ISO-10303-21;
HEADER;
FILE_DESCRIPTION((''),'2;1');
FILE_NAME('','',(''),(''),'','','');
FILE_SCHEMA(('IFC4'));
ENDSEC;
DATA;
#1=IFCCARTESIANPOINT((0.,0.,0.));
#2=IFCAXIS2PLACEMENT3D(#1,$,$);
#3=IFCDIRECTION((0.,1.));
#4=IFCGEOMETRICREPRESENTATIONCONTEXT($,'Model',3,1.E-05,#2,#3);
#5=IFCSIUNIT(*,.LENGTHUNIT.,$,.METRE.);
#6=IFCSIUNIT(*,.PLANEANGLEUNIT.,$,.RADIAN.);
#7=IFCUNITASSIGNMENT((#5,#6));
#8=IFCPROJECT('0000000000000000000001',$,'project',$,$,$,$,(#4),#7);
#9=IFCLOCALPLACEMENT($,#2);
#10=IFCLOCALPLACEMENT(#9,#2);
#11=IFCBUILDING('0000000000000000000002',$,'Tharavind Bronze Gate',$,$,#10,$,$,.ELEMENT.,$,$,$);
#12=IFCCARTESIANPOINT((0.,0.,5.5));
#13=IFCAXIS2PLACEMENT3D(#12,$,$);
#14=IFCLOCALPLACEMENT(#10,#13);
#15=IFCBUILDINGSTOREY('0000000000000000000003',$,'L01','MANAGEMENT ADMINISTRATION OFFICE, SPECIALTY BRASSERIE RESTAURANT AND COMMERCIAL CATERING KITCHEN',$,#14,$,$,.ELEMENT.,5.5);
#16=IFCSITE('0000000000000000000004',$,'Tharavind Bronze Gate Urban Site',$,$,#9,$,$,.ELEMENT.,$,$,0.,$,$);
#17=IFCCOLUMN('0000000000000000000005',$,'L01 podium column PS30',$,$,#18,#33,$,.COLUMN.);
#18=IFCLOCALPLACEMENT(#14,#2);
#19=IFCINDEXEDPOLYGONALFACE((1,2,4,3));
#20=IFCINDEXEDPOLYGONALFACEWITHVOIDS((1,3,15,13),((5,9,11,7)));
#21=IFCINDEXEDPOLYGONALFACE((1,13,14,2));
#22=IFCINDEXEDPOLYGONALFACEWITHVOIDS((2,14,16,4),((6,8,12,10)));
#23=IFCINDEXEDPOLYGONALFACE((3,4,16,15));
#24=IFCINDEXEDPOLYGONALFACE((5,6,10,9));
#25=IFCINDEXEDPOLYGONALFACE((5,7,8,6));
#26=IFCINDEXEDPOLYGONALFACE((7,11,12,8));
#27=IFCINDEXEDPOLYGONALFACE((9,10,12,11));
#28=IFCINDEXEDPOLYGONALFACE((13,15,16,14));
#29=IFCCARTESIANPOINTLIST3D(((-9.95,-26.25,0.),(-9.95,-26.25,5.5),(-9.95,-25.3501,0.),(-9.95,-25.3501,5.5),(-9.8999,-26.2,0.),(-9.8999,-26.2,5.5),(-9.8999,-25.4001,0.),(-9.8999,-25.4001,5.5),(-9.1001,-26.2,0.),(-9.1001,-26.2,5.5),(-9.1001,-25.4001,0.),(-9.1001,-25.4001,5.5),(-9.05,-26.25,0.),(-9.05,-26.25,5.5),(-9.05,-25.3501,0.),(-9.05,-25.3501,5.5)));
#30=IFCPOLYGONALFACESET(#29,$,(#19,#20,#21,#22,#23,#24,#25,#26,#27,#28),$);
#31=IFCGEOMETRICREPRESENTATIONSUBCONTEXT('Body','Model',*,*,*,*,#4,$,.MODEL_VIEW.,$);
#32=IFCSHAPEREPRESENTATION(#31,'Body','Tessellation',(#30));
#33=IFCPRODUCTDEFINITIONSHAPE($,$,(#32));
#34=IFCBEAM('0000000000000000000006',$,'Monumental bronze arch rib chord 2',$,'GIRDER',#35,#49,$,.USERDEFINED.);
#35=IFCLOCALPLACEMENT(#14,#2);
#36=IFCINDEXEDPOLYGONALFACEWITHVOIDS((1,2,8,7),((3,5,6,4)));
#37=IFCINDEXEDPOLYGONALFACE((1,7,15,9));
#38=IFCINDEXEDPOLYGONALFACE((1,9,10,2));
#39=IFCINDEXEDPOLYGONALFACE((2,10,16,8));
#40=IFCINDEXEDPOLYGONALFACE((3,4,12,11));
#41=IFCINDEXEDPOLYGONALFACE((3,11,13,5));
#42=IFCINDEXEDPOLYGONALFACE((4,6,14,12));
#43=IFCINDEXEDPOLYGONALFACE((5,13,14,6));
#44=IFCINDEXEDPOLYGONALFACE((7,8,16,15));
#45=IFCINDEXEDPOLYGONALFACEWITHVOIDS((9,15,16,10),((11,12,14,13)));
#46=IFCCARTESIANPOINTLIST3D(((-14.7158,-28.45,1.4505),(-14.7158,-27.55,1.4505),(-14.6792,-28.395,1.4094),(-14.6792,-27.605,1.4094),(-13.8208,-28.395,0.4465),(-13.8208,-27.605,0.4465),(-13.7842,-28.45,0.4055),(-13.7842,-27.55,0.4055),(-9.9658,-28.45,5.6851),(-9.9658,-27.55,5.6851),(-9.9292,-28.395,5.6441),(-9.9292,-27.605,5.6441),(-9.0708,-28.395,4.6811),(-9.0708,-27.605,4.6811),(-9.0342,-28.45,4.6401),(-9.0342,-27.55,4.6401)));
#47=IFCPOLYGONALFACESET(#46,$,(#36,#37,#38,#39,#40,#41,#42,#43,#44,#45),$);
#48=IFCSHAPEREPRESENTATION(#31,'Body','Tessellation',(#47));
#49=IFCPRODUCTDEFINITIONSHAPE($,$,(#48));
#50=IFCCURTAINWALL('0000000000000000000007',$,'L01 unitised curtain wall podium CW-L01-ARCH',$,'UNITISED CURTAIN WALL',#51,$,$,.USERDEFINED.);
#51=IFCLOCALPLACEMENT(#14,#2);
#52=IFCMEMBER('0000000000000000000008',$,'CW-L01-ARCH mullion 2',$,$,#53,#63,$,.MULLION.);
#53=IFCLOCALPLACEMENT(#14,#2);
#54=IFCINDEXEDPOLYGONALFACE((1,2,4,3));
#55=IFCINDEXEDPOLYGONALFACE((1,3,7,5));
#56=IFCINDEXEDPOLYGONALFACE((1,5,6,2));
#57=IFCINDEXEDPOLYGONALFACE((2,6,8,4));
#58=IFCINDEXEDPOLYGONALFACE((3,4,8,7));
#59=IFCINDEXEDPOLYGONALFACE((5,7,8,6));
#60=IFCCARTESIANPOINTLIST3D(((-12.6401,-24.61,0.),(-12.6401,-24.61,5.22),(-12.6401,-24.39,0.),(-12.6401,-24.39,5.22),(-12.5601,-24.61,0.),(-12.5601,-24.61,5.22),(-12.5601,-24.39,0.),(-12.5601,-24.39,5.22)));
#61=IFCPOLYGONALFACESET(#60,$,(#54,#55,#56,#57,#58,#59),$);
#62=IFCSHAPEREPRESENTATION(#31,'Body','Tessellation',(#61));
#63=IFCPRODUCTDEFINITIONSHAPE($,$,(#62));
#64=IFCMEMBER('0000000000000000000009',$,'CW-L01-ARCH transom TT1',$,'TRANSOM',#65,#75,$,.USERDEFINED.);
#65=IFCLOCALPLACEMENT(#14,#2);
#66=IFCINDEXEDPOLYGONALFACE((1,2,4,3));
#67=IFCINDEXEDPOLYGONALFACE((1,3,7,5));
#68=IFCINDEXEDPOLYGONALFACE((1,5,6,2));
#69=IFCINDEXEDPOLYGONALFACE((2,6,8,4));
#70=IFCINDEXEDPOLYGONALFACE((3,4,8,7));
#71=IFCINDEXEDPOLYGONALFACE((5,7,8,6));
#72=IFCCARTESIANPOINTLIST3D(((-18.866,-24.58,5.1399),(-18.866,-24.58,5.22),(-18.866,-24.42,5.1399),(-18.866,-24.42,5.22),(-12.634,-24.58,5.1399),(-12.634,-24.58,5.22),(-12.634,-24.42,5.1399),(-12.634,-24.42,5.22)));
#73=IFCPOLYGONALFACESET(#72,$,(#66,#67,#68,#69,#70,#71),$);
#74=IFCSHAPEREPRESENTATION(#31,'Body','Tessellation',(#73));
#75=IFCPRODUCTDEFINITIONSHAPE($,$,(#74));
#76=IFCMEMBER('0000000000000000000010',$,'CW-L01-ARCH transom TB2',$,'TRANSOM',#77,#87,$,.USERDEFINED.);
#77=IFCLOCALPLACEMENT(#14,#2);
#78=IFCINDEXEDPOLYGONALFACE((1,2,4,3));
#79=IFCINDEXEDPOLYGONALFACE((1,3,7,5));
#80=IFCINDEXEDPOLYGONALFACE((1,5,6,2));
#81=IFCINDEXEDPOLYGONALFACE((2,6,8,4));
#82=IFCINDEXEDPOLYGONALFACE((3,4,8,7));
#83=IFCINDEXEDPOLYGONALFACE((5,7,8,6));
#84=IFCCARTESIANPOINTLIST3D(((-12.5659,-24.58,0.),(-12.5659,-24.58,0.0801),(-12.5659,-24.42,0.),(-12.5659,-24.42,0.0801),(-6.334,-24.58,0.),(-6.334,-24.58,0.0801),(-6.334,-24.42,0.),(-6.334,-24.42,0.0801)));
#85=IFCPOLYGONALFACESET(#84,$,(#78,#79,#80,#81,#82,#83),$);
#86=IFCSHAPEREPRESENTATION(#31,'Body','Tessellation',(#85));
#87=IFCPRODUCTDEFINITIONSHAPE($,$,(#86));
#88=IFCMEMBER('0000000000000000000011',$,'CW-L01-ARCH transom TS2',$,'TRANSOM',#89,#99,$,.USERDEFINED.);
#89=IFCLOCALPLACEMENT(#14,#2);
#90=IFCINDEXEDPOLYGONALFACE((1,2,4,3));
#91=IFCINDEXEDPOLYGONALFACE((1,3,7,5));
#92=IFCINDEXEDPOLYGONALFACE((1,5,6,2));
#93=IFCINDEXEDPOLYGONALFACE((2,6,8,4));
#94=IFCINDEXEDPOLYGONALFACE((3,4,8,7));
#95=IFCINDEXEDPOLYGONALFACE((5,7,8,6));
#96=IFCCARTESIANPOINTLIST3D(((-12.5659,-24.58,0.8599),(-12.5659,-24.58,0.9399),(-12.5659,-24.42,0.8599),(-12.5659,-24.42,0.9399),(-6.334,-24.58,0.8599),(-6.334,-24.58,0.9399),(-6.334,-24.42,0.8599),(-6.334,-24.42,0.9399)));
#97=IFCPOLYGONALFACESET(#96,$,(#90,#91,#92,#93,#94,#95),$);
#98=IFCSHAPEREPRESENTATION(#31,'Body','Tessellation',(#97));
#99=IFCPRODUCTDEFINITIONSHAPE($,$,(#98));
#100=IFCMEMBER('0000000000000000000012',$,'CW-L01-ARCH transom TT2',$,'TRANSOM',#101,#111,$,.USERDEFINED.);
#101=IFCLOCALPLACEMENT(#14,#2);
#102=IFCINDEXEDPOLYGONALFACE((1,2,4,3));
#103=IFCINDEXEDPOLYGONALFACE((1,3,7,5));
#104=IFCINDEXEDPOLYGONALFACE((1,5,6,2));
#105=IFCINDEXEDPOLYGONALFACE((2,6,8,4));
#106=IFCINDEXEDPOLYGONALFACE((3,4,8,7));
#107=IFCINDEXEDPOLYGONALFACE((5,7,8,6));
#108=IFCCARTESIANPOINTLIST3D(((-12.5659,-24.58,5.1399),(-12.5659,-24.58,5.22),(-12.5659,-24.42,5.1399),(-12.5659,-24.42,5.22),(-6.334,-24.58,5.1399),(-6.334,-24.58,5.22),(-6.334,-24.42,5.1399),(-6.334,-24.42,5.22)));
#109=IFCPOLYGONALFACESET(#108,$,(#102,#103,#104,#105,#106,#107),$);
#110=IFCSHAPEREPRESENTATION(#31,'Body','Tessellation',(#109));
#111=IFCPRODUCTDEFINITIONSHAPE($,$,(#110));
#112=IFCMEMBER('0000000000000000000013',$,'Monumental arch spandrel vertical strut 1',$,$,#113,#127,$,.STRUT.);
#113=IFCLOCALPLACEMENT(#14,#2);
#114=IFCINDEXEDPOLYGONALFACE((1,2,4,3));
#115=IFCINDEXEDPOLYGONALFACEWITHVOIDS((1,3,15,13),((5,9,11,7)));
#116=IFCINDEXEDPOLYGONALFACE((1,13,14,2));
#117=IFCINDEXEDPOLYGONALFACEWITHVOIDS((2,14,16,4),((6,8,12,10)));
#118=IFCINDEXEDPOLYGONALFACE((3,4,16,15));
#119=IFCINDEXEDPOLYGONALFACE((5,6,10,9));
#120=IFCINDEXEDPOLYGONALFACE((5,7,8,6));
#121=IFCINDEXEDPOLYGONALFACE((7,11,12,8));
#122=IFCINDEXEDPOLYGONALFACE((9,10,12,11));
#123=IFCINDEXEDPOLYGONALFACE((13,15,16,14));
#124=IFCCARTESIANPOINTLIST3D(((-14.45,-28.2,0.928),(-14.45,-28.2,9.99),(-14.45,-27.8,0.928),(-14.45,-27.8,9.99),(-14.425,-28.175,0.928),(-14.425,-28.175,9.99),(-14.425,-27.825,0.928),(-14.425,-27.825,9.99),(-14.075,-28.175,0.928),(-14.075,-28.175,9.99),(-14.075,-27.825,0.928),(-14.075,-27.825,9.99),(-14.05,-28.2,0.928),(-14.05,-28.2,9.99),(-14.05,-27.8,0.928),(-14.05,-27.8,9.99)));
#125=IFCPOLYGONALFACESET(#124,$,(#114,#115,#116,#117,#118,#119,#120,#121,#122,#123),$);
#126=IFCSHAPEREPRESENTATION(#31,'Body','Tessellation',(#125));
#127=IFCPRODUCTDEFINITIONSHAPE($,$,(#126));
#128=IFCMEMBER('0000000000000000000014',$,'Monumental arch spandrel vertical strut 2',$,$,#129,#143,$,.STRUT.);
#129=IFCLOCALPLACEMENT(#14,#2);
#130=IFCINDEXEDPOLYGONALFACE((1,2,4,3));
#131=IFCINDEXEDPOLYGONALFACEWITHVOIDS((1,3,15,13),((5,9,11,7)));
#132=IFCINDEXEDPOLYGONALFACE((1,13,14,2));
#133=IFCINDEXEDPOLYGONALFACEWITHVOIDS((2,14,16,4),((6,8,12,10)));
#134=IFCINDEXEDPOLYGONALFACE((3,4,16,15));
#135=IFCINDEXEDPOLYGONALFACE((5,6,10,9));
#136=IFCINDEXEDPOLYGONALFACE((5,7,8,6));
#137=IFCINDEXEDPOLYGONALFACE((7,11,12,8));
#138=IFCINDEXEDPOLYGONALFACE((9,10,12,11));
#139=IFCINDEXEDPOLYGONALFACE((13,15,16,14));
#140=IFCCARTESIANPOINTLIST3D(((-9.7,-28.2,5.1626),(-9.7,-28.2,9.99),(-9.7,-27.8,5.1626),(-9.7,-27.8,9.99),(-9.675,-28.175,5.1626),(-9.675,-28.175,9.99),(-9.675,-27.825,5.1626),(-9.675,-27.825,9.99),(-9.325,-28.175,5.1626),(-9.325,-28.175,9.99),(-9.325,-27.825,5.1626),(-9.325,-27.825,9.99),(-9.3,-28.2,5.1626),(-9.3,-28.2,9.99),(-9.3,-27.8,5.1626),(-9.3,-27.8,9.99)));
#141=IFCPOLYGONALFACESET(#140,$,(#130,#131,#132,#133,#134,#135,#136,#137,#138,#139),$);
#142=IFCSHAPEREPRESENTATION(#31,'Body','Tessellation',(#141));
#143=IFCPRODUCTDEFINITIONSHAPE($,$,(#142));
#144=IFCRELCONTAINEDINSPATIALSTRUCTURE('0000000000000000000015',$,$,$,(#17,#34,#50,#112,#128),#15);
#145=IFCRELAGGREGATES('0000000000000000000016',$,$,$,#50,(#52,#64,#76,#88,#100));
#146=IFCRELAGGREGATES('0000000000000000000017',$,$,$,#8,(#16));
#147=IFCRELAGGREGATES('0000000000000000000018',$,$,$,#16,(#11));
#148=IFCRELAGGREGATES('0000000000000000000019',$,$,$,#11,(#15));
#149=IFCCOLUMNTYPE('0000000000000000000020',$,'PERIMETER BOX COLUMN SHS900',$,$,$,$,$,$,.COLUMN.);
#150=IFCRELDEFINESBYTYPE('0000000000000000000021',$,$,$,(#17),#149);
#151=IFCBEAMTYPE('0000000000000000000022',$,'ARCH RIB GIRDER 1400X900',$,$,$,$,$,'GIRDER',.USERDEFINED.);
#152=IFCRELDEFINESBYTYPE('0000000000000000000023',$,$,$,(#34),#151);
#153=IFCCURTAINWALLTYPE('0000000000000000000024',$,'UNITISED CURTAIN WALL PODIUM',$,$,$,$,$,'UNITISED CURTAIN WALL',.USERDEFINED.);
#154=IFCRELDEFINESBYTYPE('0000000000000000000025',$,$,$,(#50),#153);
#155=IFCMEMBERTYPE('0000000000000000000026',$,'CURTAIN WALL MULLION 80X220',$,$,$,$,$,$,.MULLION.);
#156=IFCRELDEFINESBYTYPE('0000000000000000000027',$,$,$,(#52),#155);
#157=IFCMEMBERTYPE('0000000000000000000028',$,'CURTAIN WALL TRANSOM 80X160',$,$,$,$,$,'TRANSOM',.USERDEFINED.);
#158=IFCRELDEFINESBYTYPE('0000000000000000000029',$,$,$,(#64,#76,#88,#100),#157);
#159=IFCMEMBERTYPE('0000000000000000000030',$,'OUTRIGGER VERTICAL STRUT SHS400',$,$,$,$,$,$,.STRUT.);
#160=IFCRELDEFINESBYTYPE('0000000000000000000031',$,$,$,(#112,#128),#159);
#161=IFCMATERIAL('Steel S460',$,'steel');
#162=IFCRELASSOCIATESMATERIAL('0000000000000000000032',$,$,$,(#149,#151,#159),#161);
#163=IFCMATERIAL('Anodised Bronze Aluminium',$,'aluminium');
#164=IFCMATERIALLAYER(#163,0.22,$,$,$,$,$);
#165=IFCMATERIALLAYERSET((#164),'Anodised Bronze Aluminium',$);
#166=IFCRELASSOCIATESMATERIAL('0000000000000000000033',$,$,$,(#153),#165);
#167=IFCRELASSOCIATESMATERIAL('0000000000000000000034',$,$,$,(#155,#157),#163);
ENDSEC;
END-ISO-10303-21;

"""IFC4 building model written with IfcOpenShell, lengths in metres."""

from ifc_helpers import new_model, si_unit, direction, frame, origin, origin_2d, place, context, subcontext, project, spatial, rectangle, hollow_rectangle, extrude, material, layer, layer_set, material_profile, profile_set, type_object, element, aggregate, save


model = new_model("IFC4")

# Units and contexts
model_context = context("Model", 3, precision=1e-05, world=origin(), true_north=direction((0.0, 1.0)))
body_context = subcontext(model_context, "Body", "Model", "MODEL_VIEW")
ifc_project = project(units=[si_unit("LENGTHUNIT", "METRE"), si_unit("PLANEANGLEUNIT", "RADIAN")], contexts=[model_context])

# Site, building, storey
site_placement = place(None, origin())
site = spatial("IfcSite", under=ifc_project, at=site_placement, Name="Tharavind Bronze Gate Urban Site", CompositionType="ELEMENT", RefElevation=0.0)
building_placement = place(site_placement, origin())
building = spatial("IfcBuilding", under=site, at=building_placement, Name="Tharavind Bronze Gate", CompositionType="ELEMENT")
storey_placement = place(building_placement, frame((0.0, 0.0, 5.5)))
storey = spatial("IfcBuildingStorey", under=building, at=storey_placement, Name="L01", Description="MANAGEMENT ADMINISTRATION OFFICE, SPECIALTY BRASSERIE RESTAURANT AND COMMERCIAL CATERING KITCHEN", CompositionType="ELEMENT", Elevation=5.5)

# Column
ifc_material_1 = material(Name="Steel S460", Category="steel")
ifc_material_profile_1 = material_profile(ifc_material_1, hollow_rectangle(XDim=0.8999, YDim=0.8999, WallThickness=0.05, at=origin_2d()), Name="SHS900X50")
ifc_profile_set_1 = profile_set([ifc_material_profile_1], Name="Steel S460")
column_type = type_object("IfcColumnType", Name="PERIMETER BOX COLUMN SHS900", PredefinedType="COLUMN", material=ifc_profile_set_1)
column_placement = place(storey_placement, frame((-9.5, -25.8, 0.0), z_axis=(0.0, 0.0, 1.0), x_axis=(1.0, 0.0, 0.0)))
element("IfcColumn", 1, at=column_placement, inside=storey, type_object=column_type, Name="L01 podium column PS30", PredefinedType="COLUMN", context=body_context, shape_type="SweptSolid", body=[
    extrude(hollow_rectangle(XDim=0.8999, YDim=0.8999, WallThickness=0.05, at=origin_2d()), origin(), (0.0, 0.0, 1.0), 5.5),
])

# Beam
ifc_material_profile_2 = material_profile(ifc_material_1, hollow_rectangle(XDim=0.8999, YDim=1.3999, WallThickness=0.0549, at=origin_2d()), Name="RHS1400X900X55")
ifc_profile_set_2 = profile_set([ifc_material_profile_2], Name="Steel S460")
beam_type_1 = type_object("IfcBeamType", Name="ARCH RIB GIRDER 1400X900", ElementType="GIRDER", PredefinedType="USERDEFINED", material=ifc_profile_set_2)
beam_1_placement = place(storey_placement, frame((-14.25, -28.0, 0.928), z_axis=(0.746441, 0.0, 0.665451), x_axis=(0.0, 1.0, 0.0)))
element("IfcBeam", 2, at=beam_1_placement, inside=storey, type_object=beam_type_1, Name="Monumental bronze arch rib chord 2", ObjectType="GIRDER", PredefinedType="USERDEFINED", context=body_context, shape_type="SweptSolid", body=[
    extrude(hollow_rectangle(XDim=0.8999, YDim=1.3999, WallThickness=0.0549, at=origin_2d()), origin(), (0.0, 0.0, 1.0), 6.3635),
])

# Curtain wall, members
ifc_material_2 = material(Name="Anodised Bronze Aluminium", Category="aluminium")
ifc_layer_1 = layer(ifc_material_2, 0.22)
ifc_layer_set_1 = layer_set([ifc_layer_1], Name="Anodised Bronze Aluminium")
curtain_wall_type = type_object("IfcCurtainWallType", Name="UNITISED CURTAIN WALL PODIUM", ElementType="UNITISED CURTAIN WALL", PredefinedType="USERDEFINED", material=ifc_layer_set_1)
curtain_wall_placement = place(storey_placement, origin())
curtain_wall = element("IfcCurtainWall", 3, at=curtain_wall_placement, inside=storey, type_object=curtain_wall_type, Name="L01 unitised curtain wall podium CW-L01-ARCH", ObjectType="UNITISED CURTAIN WALL", PredefinedType="USERDEFINED")
member_type_1 = type_object("IfcMemberType", Name="CURTAIN WALL MULLION 80X220", PredefinedType="MULLION", material=ifc_material_2)
member_1_placement = place(storey_placement, frame((-12.6001, -24.5, 0.0), z_axis=(0.0, 0.0, 1.0), x_axis=(1.0, 0.0, 0.0)))
member_1 = element("IfcMember", 4, at=member_1_placement, type_object=member_type_1, Name="CW-L01-ARCH mullion 2", PredefinedType="MULLION", context=body_context, shape_type="SweptSolid", body=[
    extrude(rectangle(XDim=0.0801, YDim=0.22, at=origin_2d()), origin(), (0.0, 0.0, 1.0), 5.22),
])
member_type_2 = type_object("IfcMemberType", Name="CURTAIN WALL TRANSOM 80X160", ElementType="TRANSOM", PredefinedType="USERDEFINED", material=ifc_material_2)
member_2_placement = place(storey_placement, frame((-15.75, -24.5, 5.1399), z_axis=(0.0, 0.0, 1.0), x_axis=(1.0, 0.0, 0.0)))
member_2 = element("IfcMember", 5, at=member_2_placement, type_object=member_type_2, Name="CW-L01-ARCH transom TT1", ObjectType="TRANSOM", PredefinedType="USERDEFINED", context=body_context, shape_type="SweptSolid", body=[
    extrude(rectangle(XDim=6.2319, YDim=0.1599, at=origin_2d()), origin(), (0.0, 0.0, 1.0), 0.0801),
])
member_3_placement = place(storey_placement, frame((-9.45, -24.5, 0.0), z_axis=(0.0, 0.0, 1.0), x_axis=(1.0, 0.0, 0.0)))
member_3 = element("IfcMember", 6, at=member_3_placement, type_object=member_type_2, Name="CW-L01-ARCH transom TB2", ObjectType="TRANSOM", PredefinedType="USERDEFINED", context=body_context, shape_type="SweptSolid", body=[
    extrude(rectangle(XDim=6.2319, YDim=0.1599, at=origin_2d()), origin(), (0.0, 0.0, 1.0), 0.0801),
])
member_4_placement = place(storey_placement, frame((-9.45, -24.5, 0.8599), z_axis=(0.0, 0.0, 1.0), x_axis=(1.0, 0.0, 0.0)))
member_4 = element("IfcMember", 7, at=member_4_placement, type_object=member_type_2, Name="CW-L01-ARCH transom TS2", ObjectType="TRANSOM", PredefinedType="USERDEFINED", context=body_context, shape_type="SweptSolid", body=[
    extrude(rectangle(XDim=6.2319, YDim=0.1599, at=origin_2d()), origin(), (0.0, 0.0, 1.0), 0.0801),
])
member_5_placement = place(storey_placement, frame((-9.45, -24.5, 5.1399), z_axis=(0.0, 0.0, 1.0), x_axis=(1.0, 0.0, 0.0)))
member_5 = element("IfcMember", 8, at=member_5_placement, type_object=member_type_2, Name="CW-L01-ARCH transom TT2", ObjectType="TRANSOM", PredefinedType="USERDEFINED", context=body_context, shape_type="SweptSolid", body=[
    extrude(rectangle(XDim=6.2319, YDim=0.1599, at=origin_2d()), origin(), (0.0, 0.0, 1.0), 0.0801),
])

# Members
ifc_material_profile_3 = material_profile(ifc_material_1, hollow_rectangle(XDim=0.3999, YDim=0.3999, WallThickness=0.0249, at=origin_2d()), Name="SHS400X25")
ifc_profile_set_3 = profile_set([ifc_material_profile_3], Name="Steel S460")
member_type_3 = type_object("IfcMemberType", Name="OUTRIGGER VERTICAL STRUT SHS400", PredefinedType="STRUT", material=ifc_profile_set_3)
member_6_placement = place(storey_placement, frame((-14.25, -28.0, 0.928), z_axis=(0.0, 0.0, 1.0), x_axis=(1.0, 0.0, 0.0)))
element("IfcMember", 9, at=member_6_placement, inside=storey, type_object=member_type_3, Name="Monumental arch spandrel vertical strut 1", PredefinedType="STRUT", context=body_context, shape_type="SweptSolid", body=[
    extrude(hollow_rectangle(XDim=0.3999, YDim=0.3999, WallThickness=0.0249, at=origin_2d()), origin(), (0.0, 0.0, 1.0), 9.062),
])
member_7_placement = place(storey_placement, frame((-9.5, -28.0, 5.1626), z_axis=(0.0, 0.0, 1.0), x_axis=(1.0, 0.0, 0.0)))
element("IfcMember", 10, at=member_7_placement, inside=storey, type_object=member_type_3, Name="Monumental arch spandrel vertical strut 2", PredefinedType="STRUT", context=body_context, shape_type="SweptSolid", body=[
    extrude(hollow_rectangle(XDim=0.3999, YDim=0.3999, WallThickness=0.0249, at=origin_2d()), origin(), (0.0, 0.0, 1.0), 4.8274),
])

aggregate(curtain_wall, [member_1, member_2, member_3, member_4, member_5])

save(model, "model.ifc")
